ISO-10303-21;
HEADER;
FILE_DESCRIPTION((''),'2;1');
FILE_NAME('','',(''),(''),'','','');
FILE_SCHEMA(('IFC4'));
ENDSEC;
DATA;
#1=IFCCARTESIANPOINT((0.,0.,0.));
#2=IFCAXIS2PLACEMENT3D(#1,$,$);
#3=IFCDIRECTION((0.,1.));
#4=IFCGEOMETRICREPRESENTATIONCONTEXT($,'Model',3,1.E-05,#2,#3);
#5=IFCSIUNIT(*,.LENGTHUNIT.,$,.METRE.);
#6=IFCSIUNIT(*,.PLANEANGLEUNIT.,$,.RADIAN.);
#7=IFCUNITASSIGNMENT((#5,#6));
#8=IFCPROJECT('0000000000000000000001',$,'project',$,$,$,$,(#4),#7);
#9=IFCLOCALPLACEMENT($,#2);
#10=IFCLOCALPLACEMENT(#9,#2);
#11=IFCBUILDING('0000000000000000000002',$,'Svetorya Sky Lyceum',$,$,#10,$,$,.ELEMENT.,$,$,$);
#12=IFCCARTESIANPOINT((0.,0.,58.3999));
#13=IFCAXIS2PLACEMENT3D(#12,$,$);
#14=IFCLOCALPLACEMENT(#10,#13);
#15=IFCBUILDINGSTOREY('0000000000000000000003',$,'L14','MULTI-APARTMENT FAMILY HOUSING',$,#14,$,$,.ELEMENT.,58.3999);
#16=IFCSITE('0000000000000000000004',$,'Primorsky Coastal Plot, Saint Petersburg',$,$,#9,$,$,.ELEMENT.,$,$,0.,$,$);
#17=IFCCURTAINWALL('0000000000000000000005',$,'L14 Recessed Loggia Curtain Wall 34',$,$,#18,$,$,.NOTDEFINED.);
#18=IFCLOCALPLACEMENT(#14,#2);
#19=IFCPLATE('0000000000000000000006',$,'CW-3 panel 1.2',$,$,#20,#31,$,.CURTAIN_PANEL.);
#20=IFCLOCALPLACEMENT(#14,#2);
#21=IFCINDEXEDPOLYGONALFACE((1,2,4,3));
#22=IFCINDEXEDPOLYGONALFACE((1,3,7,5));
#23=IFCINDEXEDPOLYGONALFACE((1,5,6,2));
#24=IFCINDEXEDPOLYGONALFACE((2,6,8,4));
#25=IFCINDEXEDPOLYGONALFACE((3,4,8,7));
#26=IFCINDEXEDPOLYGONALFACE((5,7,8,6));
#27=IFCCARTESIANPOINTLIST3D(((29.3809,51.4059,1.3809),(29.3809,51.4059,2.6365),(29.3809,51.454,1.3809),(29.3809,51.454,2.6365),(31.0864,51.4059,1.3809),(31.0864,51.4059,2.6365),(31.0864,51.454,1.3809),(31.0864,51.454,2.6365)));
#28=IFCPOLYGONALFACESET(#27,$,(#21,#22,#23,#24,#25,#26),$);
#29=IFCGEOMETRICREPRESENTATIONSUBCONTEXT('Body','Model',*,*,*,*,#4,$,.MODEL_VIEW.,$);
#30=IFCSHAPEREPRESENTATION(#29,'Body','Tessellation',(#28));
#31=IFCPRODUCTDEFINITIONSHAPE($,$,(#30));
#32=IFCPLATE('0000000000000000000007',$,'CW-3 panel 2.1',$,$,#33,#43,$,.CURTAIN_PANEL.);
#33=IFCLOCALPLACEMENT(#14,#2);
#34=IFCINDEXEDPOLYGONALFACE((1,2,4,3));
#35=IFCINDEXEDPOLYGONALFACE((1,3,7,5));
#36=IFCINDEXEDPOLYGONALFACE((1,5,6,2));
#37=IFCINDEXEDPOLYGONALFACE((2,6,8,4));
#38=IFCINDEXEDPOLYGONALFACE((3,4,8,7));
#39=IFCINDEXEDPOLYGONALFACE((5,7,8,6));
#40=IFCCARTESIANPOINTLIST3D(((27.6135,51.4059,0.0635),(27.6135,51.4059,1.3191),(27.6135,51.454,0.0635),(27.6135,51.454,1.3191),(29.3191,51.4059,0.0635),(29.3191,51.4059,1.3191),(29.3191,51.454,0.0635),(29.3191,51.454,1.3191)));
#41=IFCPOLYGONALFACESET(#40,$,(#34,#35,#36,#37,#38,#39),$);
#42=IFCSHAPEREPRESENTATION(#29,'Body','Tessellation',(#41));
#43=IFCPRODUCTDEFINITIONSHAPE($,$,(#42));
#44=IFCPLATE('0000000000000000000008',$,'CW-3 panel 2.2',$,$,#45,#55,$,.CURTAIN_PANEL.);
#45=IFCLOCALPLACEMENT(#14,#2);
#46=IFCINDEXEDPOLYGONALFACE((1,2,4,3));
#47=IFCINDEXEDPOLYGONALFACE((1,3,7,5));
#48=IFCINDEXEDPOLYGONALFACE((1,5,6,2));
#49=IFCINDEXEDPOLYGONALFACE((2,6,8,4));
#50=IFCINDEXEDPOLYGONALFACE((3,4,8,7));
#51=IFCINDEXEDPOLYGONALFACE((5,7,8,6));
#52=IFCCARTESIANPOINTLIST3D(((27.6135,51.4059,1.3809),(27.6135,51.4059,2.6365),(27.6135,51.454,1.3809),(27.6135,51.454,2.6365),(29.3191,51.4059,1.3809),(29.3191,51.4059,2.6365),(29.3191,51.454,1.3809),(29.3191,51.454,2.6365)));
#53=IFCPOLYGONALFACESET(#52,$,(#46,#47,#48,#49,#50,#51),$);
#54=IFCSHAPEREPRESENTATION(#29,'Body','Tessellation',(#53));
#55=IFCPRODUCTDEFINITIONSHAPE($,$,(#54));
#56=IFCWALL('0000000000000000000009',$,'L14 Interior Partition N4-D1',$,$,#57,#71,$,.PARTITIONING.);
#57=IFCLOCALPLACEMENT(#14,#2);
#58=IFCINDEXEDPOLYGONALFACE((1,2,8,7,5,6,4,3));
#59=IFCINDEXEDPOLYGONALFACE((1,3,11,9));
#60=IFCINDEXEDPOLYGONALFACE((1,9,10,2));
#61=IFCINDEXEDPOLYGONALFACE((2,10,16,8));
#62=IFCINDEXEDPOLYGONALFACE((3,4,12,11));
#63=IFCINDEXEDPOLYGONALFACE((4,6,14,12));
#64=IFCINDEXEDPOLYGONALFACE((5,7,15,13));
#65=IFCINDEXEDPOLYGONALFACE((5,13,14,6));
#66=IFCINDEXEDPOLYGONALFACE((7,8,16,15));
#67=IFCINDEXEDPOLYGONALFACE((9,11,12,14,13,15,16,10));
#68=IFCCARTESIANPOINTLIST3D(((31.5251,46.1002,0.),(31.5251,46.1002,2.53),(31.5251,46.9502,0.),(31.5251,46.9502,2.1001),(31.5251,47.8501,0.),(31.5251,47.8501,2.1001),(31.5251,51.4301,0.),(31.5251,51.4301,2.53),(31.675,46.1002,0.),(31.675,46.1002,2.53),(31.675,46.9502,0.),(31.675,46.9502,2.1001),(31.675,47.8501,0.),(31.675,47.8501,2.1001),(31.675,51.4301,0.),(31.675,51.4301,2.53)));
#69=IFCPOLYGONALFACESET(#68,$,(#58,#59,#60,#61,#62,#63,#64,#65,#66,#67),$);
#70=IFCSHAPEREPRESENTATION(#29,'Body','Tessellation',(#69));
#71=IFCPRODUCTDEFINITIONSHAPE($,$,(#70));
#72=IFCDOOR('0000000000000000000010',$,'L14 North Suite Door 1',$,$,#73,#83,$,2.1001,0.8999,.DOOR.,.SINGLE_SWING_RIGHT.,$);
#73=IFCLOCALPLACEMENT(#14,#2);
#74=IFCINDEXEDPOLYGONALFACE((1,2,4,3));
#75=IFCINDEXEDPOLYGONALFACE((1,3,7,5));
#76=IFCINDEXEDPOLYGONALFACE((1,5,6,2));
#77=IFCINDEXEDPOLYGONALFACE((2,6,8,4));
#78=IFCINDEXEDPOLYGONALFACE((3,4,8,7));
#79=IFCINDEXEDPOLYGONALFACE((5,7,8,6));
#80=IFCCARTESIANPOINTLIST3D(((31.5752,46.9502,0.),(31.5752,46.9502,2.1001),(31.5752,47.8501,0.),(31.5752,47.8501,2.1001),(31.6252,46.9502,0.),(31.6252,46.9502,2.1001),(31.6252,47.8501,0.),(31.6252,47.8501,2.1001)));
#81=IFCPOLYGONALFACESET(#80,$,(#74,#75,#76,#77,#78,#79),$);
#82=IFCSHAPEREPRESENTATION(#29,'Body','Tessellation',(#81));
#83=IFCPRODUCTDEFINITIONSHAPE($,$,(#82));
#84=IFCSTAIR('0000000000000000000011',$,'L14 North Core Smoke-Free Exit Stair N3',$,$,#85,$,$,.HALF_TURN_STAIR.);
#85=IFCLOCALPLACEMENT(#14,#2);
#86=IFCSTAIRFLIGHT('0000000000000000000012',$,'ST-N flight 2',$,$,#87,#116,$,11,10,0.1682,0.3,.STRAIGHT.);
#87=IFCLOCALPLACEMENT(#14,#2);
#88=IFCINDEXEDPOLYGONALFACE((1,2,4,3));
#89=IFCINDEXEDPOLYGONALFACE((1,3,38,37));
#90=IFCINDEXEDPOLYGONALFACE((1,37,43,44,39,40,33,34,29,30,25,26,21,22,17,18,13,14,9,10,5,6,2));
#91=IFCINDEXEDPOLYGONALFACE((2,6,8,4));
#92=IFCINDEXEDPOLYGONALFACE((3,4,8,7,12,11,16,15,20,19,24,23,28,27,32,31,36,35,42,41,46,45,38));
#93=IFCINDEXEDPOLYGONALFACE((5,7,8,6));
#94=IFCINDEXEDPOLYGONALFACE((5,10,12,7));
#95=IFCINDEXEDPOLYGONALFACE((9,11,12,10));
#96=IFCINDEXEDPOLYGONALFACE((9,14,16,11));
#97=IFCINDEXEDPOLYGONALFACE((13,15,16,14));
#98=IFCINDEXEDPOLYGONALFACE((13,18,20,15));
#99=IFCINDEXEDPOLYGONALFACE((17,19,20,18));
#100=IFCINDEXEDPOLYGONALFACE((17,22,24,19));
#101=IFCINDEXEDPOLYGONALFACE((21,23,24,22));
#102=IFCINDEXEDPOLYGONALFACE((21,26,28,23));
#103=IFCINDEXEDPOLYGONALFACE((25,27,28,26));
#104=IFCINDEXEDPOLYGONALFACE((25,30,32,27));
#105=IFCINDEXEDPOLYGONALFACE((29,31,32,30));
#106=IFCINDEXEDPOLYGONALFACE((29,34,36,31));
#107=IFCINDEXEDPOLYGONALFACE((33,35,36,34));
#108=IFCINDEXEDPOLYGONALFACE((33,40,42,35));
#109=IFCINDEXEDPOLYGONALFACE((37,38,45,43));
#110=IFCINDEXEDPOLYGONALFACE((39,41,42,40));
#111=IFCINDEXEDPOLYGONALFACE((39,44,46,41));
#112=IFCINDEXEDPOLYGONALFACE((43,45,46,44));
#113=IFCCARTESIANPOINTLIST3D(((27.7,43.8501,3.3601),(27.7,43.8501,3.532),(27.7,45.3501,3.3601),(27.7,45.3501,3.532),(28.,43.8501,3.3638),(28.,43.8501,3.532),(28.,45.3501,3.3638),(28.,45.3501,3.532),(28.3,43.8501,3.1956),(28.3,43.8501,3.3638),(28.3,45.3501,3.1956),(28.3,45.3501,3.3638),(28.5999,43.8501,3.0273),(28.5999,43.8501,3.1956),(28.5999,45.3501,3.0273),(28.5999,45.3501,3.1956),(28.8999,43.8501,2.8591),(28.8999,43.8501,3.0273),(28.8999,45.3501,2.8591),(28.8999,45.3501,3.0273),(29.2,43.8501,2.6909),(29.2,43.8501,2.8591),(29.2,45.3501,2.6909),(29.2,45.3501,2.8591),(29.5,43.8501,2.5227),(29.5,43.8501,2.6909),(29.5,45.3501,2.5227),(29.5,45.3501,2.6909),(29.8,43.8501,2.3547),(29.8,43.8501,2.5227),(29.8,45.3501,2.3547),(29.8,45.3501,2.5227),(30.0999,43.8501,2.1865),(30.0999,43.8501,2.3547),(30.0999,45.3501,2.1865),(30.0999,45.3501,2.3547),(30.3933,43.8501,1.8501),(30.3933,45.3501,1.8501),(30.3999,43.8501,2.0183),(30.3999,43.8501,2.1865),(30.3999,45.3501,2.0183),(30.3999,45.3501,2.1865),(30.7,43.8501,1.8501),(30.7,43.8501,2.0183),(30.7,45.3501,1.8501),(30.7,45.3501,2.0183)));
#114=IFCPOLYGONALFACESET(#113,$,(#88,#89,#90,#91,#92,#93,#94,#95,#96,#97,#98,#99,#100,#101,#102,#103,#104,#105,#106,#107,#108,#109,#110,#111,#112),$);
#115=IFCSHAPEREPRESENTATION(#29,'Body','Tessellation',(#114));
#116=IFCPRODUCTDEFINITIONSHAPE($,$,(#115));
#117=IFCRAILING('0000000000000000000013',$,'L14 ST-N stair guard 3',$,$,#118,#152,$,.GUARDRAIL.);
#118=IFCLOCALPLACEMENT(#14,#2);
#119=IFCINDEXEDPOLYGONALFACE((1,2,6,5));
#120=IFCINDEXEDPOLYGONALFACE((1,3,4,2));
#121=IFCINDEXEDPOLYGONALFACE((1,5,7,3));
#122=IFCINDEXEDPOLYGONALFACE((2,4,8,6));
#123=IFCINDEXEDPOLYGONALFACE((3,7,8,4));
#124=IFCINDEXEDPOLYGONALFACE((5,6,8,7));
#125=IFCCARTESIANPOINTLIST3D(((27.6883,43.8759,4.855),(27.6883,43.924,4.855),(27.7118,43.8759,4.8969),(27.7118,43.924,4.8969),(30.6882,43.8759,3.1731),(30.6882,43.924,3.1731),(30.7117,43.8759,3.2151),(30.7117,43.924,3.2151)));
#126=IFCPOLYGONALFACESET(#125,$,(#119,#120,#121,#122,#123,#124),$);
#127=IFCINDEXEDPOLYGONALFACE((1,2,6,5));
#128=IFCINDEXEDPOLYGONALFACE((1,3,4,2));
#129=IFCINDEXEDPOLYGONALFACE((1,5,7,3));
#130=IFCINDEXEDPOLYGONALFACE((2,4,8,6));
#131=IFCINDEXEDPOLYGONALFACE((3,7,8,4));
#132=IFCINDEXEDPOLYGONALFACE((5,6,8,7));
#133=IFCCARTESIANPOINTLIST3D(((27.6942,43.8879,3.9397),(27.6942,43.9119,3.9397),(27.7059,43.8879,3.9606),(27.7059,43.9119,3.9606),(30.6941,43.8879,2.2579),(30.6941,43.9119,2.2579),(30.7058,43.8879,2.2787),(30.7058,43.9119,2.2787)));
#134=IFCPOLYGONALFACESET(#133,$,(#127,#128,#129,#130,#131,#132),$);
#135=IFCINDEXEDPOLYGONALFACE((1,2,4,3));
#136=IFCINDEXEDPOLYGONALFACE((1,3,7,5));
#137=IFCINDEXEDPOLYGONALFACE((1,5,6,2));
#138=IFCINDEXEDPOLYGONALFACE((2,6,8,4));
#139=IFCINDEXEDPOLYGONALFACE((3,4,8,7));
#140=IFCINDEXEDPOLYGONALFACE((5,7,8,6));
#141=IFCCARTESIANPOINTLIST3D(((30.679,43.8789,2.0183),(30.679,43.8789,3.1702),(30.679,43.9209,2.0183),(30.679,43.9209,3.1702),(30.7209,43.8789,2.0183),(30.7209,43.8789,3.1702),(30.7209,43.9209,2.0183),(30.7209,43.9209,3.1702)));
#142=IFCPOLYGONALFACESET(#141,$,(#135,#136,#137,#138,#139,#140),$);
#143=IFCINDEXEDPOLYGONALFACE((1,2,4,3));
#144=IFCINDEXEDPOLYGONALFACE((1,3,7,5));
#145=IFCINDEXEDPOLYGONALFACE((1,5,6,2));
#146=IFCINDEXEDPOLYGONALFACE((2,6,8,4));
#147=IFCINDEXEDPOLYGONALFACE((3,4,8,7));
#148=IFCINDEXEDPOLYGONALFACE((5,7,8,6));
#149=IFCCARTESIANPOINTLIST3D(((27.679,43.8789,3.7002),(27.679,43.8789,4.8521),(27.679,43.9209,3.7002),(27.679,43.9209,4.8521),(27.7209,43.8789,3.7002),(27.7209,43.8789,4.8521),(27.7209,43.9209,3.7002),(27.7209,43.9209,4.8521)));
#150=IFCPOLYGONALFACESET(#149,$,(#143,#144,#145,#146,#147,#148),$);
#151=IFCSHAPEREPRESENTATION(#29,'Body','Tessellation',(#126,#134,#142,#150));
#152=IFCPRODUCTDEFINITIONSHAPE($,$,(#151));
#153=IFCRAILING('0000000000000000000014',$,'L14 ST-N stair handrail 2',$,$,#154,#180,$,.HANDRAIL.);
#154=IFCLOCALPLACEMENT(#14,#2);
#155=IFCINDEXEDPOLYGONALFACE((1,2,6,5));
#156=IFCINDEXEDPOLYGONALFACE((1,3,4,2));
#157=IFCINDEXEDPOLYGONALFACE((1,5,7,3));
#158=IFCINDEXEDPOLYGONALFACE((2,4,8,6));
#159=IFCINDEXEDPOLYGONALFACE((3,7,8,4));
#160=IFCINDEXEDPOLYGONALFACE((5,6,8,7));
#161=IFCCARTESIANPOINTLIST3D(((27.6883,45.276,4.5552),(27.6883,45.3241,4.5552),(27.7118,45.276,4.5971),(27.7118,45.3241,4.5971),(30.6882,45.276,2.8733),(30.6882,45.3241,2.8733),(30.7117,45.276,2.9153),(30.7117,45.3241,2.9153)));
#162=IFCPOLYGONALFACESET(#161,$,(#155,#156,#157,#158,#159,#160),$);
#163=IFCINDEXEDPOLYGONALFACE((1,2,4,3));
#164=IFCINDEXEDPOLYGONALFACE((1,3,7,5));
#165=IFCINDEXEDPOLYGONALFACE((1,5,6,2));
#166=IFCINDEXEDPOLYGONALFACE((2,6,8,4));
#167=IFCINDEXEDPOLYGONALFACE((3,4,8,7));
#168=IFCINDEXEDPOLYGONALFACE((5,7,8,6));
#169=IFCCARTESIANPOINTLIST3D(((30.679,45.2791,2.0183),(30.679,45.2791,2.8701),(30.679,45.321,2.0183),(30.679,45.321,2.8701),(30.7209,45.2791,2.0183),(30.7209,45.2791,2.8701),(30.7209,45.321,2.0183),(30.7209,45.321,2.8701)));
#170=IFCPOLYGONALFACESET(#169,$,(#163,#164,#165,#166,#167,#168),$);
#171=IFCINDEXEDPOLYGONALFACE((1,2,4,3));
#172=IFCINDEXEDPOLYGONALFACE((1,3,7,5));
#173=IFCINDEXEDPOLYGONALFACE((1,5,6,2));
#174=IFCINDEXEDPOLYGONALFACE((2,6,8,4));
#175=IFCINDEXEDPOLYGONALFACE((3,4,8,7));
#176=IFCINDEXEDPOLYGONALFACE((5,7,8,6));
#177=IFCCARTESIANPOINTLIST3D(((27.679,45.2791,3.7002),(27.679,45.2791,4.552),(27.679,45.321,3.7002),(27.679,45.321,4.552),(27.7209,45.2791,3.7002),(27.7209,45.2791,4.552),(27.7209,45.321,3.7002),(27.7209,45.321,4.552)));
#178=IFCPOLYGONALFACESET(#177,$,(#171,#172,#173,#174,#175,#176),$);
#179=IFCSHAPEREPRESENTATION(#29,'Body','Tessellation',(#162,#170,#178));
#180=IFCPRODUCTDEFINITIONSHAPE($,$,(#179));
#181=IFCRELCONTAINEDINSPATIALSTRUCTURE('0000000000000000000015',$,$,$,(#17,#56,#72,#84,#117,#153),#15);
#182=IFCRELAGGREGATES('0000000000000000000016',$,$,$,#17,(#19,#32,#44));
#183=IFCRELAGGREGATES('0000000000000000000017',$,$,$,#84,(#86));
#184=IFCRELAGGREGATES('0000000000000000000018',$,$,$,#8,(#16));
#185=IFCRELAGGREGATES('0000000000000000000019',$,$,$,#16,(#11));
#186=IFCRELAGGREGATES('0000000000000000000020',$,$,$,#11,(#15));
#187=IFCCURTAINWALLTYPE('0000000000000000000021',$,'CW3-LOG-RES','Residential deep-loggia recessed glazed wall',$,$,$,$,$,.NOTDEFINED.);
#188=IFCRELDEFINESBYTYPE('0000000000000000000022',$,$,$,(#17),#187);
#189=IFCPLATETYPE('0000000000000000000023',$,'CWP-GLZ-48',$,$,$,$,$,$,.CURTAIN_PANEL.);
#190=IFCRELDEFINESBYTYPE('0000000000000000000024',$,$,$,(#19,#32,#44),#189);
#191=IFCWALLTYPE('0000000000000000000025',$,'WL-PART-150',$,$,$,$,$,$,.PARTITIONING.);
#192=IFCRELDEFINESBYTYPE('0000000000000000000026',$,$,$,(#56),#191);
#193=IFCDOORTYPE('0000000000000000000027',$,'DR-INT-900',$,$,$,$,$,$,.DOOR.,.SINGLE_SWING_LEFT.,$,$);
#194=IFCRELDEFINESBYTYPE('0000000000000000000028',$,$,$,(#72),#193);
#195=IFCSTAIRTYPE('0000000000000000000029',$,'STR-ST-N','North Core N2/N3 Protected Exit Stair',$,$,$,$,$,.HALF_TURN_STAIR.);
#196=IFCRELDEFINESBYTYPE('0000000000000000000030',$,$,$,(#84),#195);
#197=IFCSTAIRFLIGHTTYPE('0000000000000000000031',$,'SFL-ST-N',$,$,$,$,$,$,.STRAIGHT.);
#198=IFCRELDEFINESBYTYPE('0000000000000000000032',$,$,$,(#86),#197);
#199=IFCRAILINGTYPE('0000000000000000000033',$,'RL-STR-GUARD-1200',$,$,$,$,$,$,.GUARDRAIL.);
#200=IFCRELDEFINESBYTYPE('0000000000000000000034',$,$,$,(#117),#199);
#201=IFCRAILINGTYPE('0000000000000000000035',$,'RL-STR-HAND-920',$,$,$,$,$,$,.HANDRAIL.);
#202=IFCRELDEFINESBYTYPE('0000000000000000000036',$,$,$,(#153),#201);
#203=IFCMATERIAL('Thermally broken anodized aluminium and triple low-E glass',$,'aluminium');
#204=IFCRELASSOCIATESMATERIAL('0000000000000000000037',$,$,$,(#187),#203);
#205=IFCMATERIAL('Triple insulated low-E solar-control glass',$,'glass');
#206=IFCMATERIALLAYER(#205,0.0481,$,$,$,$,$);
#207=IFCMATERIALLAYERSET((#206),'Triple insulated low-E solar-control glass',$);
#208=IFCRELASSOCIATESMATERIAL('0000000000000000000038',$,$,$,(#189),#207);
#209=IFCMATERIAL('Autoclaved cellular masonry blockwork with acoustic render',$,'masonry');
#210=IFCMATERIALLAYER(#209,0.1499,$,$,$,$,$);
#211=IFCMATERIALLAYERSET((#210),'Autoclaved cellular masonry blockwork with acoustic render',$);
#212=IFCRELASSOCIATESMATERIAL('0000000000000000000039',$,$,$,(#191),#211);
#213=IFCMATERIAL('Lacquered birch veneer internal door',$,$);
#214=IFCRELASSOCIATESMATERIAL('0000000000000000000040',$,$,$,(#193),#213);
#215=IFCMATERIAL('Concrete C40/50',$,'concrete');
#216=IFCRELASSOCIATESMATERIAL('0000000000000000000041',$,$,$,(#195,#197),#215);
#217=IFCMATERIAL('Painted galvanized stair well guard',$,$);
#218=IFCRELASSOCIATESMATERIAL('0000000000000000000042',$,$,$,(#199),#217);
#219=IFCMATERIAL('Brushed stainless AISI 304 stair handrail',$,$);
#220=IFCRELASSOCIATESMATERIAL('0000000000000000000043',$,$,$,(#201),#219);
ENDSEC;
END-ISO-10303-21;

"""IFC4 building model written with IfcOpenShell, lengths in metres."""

from ifc_helpers import new_model, si_unit, direction, frame, frame_2d, origin, origin_2d, place, context, subcontext, project, spatial, polyline, rectangle, outline, extrude, material, layer, layer_set, type_object, element, fill, aggregate, save


model = new_model("IFC4")

# Units and contexts
model_context = context("Model", 3, precision=1e-05, world=origin(), true_north=direction((0.0, 1.0)))
body_context = subcontext(model_context, "Body", "Model", "MODEL_VIEW")
ifc_project = project(units=[si_unit("LENGTHUNIT", "METRE"), si_unit("PLANEANGLEUNIT", "RADIAN")], contexts=[model_context])

# Site, building, storey
site_placement = place(None, origin())
site = spatial("IfcSite", under=ifc_project, at=site_placement, Name="Primorsky Coastal Plot, Saint Petersburg", CompositionType="ELEMENT", RefElevation=0.0)
building_placement = place(site_placement, origin())
building = spatial("IfcBuilding", under=site, at=building_placement, Name="Svetorya Sky Lyceum", CompositionType="ELEMENT")
storey_placement = place(building_placement, frame((0.0, 0.0, 58.3999)))
storey = spatial("IfcBuildingStorey", under=building, at=storey_placement, Name="L14", Description="MULTI-APARTMENT FAMILY HOUSING", CompositionType="ELEMENT", Elevation=58.3999)

# Curtain wall, plates
ifc_material_1 = material(Name="Thermally broken anodized aluminium and triple low-E glass", Category="aluminium")
curtain_wall_type = type_object("IfcCurtainWallType", Name="CW3-LOG-RES", Description="Residential deep-loggia recessed glazed wall", PredefinedType="NOTDEFINED", material=ifc_material_1)
curtain_wall_placement = place(storey_placement, origin())
curtain_wall = element("IfcCurtainWall", 1, at=curtain_wall_placement, inside=storey, type_object=curtain_wall_type, Name="L14 Recessed Loggia Curtain Wall 34", PredefinedType="NOTDEFINED")
ifc_material_2 = material(Name="Triple insulated low-E solar-control glass", Category="glass")
ifc_layer_1 = layer(ifc_material_2, 0.0481)
ifc_layer_set_1 = layer_set([ifc_layer_1], Name="Triple insulated low-E solar-control glass")
plate_type = type_object("IfcPlateType", Name="CWP-GLZ-48", PredefinedType="CURTAIN_PANEL", material=ifc_layer_set_1)
plate_1_placement = place(storey_placement, frame((30.2336, 51.4299, 1.3809), z_axis=(0.0, 0.0, 1.0), x_axis=(-1.0, 0.0, 0.0)))
plate_1 = element("IfcPlate", 2, at=plate_1_placement, type_object=plate_type, Name="CW-3 panel 1.2", PredefinedType="CURTAIN_PANEL", context=body_context, shape_type="SweptSolid", body=[
    extrude(rectangle(XDim=1.7056, YDim=0.0481, at=origin_2d()), origin(), (0.0, 0.0, 1.0), 1.2556),
])
plate_2_placement = place(storey_placement, frame((28.4663, 51.4299, 0.0635), z_axis=(0.0, 0.0, 1.0), x_axis=(-1.0, 0.0, 0.0)))
plate_2 = element("IfcPlate", 3, at=plate_2_placement, type_object=plate_type, Name="CW-3 panel 2.1", PredefinedType="CURTAIN_PANEL", context=body_context, shape_type="SweptSolid", body=[
    extrude(rectangle(XDim=1.7056, YDim=0.0481, at=origin_2d()), origin(), (0.0, 0.0, 1.0), 1.2556),
])
plate_3_placement = place(storey_placement, frame((28.4663, 51.4299, 1.3809), z_axis=(0.0, 0.0, 1.0), x_axis=(-1.0, 0.0, 0.0)))
plate_3 = element("IfcPlate", 4, at=plate_3_placement, type_object=plate_type, Name="CW-3 panel 2.2", PredefinedType="CURTAIN_PANEL", context=body_context, shape_type="SweptSolid", body=[
    extrude(rectangle(XDim=1.7056, YDim=0.0481, at=origin_2d()), origin(), (0.0, 0.0, 1.0), 1.2556),
])
aggregate(curtain_wall, [plate_1, plate_2, plate_3])

# Wall, opening, door
ifc_material_3 = material(Name="Autoclaved cellular masonry blockwork with acoustic render", Category="masonry")
ifc_layer_2 = layer(ifc_material_3, 0.1499)
ifc_layer_set_2 = layer_set([ifc_layer_2], Name="Autoclaved cellular masonry blockwork with acoustic render")
wall_type = type_object("IfcWallType", Name="WL-PART-150", PredefinedType="PARTITIONING", material=ifc_layer_set_2)
wall_placement = place(storey_placement, frame((31.6001, 46.1001, 0.0), z_axis=(0.0, 0.0, 1.0), x_axis=(0.0, 1.0, 0.0)))
wall = element("IfcWall", 5, at=wall_placement, inside=storey, type_object=wall_type, Name="L14 Interior Partition N4-D1", PredefinedType="PARTITIONING", context=body_context, shape_type="SweptSolid", body=[
    extrude(rectangle(XDim=5.3298, YDim=0.1499, at=frame_2d((2.665, 0.0))), origin(), (0.0, 0.0, 1.0), 2.53),
])
opening_placement = place(wall_placement, frame((0.8501, 0.0, 0.0)))
opening = element("IfcOpeningElement", 6, at=opening_placement, cuts=wall, PredefinedType="OPENING", context=body_context, shape_type="SweptSolid", body=[
    extrude(rectangle(XDim=0.8999, YDim=2.1001, at=frame_2d((0.45, 1.05))), frame((0.0, 0.085, 0.0), z_axis=(0.0, -1.0, 0.0), x_axis=(1.0, 0.0, 0.0)), (0.0, 0.0, 1.0), 0.1699),
])
ifc_material_4 = material(Name="Lacquered birch veneer internal door")
door_type = type_object("IfcDoorType", Name="DR-INT-900", OperationType="SINGLE_SWING_LEFT", PredefinedType="DOOR", material=ifc_material_4)
door_placement = place(opening_placement, origin())
door = element("IfcDoor", 7, at=door_placement, inside=storey, type_object=door_type, Name="L14 North Suite Door 1", OperationType="SINGLE_SWING_RIGHT", OverallHeight=2.1001, OverallWidth=0.8999, PredefinedType="DOOR", context=body_context, shape_type="SweptSolid", body=[
    extrude(rectangle(XDim=0.8999, YDim=2.1001, at=frame_2d((0.45, 1.05))), frame((0.0, 0.0249, 0.0), z_axis=(0.0, -1.0, 0.0), x_axis=(1.0, 0.0, 0.0)), (0.0, 0.0, 1.0), 0.05),
])
fill(opening, door)

# Stair, stair flight
ifc_material_5 = material(Name="Concrete C40/50", Category="concrete")
stair_type = type_object("IfcStairType", Name="STR-ST-N", Description="North Core N2/N3 Protected Exit Stair", PredefinedType="HALF_TURN_STAIR", material=ifc_material_5)
stair_placement = place(storey_placement, origin())
stair = element("IfcStair", 8, at=stair_placement, inside=storey, type_object=stair_type, Name="L14 North Core Smoke-Free Exit Stair N3", PredefinedType="HALF_TURN_STAIR")
stair_flight_type = type_object("IfcStairFlightType", Name="SFL-ST-N", PredefinedType="STRAIGHT", material=ifc_material_5)
stair_flight_placement = place(storey_placement, frame((30.7, 44.6001, 1.8501), z_axis=(0.0, 0.0, 1.0), x_axis=(-1.0, 0.0, 0.0)))
stair_flight = element("IfcStairFlight", 9, at=stair_flight_placement, type_object=stair_flight_type, Name="ST-N flight 2", NumberOfRisers=11, NumberOfTreads=10, PredefinedType="STRAIGHT", RiserHeight=0.1682, TreadLength=0.3, context=body_context, shape_type="SweptSolid", body=[
    extrude(outline(polyline([(0.0, 0.0), (0.0, 0.1682), (0.3, 0.1682), (0.3, 0.3364), (0.6001, 0.3364), (0.6001, 0.5046), (0.8999, 0.5046), (0.8999, 0.6726), (1.2, 0.6726), (1.2, 0.8408), (1.5, 0.8408), (1.5, 1.009), (1.8, 1.009), (1.8, 1.1772), (2.1001, 1.1772), (2.1001, 1.3455), (2.3999, 1.3455), (2.3999, 1.5137), (2.7, 1.5137), (2.7, 1.6819), (3.0, 1.6819), (3.0, 1.8501), (3.0, 1.51), (0.3066, 0.0), (0.0, 0.0)])), frame((0.0, 0.75, 0.0), z_axis=(0.0, -1.0, 0.0), x_axis=(1.0, 0.0, 0.0)), (0.0, 0.0, 1.0), 1.5),
])
aggregate(stair, [stair_flight])

# Railings
ifc_material_6 = material(Name="Painted galvanized stair well guard")
railing_type_1 = type_object("IfcRailingType", Name="RL-STR-GUARD-1200", PredefinedType="GUARDRAIL", material=ifc_material_6)
railing_1_placement = place(storey_placement, frame((30.7, 43.8999, 2.0183)))
element("IfcRailing", 10, at=railing_1_placement, inside=storey, type_object=railing_type_1, Name="L14 ST-N stair guard 3", PredefinedType="GUARDRAIL", context=body_context, shape_type="SweptSolid", body=[
    extrude(rectangle(XDim=0.0481, YDim=0.0481, at=origin_2d()), frame((0.0, 0.0, 1.1758), z_axis=(-0.872272, 0.0, 0.48902), x_axis=(0.0, -1.0, 0.0)), (0.0, 0.0, 1.0), 3.4392),
    extrude(rectangle(XDim=0.0239, YDim=0.0239, at=origin_2d()), frame((0.0, 0.0, 0.25), z_axis=(-0.872272, 0.0, 0.48902), x_axis=(0.0, -1.0, 0.0)), (0.0, 0.0, 1.0), 3.4392),
    extrude(rectangle(XDim=0.042, YDim=0.042, at=origin_2d()), origin(), (0.0, 0.0, 1.0), 1.1519),
    extrude(rectangle(XDim=0.042, YDim=0.042, at=origin_2d()), frame((-3.0, 0.0, 1.6819)), (0.0, 0.0, 1.0), 1.1519),
])
ifc_material_7 = material(Name="Brushed stainless AISI 304 stair handrail")
railing_type_2 = type_object("IfcRailingType", Name="RL-STR-HAND-920", PredefinedType="HANDRAIL", material=ifc_material_7)
railing_2_placement = place(storey_placement, frame((30.7, 45.3, 2.0183)))
element("IfcRailing", 11, at=railing_2_placement, inside=storey, type_object=railing_type_2, Name="L14 ST-N stair handrail 2", PredefinedType="HANDRAIL", context=body_context, shape_type="SweptSolid", body=[
    extrude(rectangle(XDim=0.0481, YDim=0.0481, at=origin_2d()), frame((0.0, 0.0, 0.876), z_axis=(-0.872272, 0.0, 0.48902), x_axis=(0.0, -1.0, 0.0)), (0.0, 0.0, 1.0), 3.4392),
    extrude(rectangle(XDim=0.042, YDim=0.042, at=origin_2d()), origin(), (0.0, 0.0, 1.0), 0.8518),
    extrude(rectangle(XDim=0.042, YDim=0.042, at=origin_2d()), frame((-3.0, 0.0, 1.6819)), (0.0, 0.0, 1.0), 0.8518),
])

save(model, "model.ifc")
